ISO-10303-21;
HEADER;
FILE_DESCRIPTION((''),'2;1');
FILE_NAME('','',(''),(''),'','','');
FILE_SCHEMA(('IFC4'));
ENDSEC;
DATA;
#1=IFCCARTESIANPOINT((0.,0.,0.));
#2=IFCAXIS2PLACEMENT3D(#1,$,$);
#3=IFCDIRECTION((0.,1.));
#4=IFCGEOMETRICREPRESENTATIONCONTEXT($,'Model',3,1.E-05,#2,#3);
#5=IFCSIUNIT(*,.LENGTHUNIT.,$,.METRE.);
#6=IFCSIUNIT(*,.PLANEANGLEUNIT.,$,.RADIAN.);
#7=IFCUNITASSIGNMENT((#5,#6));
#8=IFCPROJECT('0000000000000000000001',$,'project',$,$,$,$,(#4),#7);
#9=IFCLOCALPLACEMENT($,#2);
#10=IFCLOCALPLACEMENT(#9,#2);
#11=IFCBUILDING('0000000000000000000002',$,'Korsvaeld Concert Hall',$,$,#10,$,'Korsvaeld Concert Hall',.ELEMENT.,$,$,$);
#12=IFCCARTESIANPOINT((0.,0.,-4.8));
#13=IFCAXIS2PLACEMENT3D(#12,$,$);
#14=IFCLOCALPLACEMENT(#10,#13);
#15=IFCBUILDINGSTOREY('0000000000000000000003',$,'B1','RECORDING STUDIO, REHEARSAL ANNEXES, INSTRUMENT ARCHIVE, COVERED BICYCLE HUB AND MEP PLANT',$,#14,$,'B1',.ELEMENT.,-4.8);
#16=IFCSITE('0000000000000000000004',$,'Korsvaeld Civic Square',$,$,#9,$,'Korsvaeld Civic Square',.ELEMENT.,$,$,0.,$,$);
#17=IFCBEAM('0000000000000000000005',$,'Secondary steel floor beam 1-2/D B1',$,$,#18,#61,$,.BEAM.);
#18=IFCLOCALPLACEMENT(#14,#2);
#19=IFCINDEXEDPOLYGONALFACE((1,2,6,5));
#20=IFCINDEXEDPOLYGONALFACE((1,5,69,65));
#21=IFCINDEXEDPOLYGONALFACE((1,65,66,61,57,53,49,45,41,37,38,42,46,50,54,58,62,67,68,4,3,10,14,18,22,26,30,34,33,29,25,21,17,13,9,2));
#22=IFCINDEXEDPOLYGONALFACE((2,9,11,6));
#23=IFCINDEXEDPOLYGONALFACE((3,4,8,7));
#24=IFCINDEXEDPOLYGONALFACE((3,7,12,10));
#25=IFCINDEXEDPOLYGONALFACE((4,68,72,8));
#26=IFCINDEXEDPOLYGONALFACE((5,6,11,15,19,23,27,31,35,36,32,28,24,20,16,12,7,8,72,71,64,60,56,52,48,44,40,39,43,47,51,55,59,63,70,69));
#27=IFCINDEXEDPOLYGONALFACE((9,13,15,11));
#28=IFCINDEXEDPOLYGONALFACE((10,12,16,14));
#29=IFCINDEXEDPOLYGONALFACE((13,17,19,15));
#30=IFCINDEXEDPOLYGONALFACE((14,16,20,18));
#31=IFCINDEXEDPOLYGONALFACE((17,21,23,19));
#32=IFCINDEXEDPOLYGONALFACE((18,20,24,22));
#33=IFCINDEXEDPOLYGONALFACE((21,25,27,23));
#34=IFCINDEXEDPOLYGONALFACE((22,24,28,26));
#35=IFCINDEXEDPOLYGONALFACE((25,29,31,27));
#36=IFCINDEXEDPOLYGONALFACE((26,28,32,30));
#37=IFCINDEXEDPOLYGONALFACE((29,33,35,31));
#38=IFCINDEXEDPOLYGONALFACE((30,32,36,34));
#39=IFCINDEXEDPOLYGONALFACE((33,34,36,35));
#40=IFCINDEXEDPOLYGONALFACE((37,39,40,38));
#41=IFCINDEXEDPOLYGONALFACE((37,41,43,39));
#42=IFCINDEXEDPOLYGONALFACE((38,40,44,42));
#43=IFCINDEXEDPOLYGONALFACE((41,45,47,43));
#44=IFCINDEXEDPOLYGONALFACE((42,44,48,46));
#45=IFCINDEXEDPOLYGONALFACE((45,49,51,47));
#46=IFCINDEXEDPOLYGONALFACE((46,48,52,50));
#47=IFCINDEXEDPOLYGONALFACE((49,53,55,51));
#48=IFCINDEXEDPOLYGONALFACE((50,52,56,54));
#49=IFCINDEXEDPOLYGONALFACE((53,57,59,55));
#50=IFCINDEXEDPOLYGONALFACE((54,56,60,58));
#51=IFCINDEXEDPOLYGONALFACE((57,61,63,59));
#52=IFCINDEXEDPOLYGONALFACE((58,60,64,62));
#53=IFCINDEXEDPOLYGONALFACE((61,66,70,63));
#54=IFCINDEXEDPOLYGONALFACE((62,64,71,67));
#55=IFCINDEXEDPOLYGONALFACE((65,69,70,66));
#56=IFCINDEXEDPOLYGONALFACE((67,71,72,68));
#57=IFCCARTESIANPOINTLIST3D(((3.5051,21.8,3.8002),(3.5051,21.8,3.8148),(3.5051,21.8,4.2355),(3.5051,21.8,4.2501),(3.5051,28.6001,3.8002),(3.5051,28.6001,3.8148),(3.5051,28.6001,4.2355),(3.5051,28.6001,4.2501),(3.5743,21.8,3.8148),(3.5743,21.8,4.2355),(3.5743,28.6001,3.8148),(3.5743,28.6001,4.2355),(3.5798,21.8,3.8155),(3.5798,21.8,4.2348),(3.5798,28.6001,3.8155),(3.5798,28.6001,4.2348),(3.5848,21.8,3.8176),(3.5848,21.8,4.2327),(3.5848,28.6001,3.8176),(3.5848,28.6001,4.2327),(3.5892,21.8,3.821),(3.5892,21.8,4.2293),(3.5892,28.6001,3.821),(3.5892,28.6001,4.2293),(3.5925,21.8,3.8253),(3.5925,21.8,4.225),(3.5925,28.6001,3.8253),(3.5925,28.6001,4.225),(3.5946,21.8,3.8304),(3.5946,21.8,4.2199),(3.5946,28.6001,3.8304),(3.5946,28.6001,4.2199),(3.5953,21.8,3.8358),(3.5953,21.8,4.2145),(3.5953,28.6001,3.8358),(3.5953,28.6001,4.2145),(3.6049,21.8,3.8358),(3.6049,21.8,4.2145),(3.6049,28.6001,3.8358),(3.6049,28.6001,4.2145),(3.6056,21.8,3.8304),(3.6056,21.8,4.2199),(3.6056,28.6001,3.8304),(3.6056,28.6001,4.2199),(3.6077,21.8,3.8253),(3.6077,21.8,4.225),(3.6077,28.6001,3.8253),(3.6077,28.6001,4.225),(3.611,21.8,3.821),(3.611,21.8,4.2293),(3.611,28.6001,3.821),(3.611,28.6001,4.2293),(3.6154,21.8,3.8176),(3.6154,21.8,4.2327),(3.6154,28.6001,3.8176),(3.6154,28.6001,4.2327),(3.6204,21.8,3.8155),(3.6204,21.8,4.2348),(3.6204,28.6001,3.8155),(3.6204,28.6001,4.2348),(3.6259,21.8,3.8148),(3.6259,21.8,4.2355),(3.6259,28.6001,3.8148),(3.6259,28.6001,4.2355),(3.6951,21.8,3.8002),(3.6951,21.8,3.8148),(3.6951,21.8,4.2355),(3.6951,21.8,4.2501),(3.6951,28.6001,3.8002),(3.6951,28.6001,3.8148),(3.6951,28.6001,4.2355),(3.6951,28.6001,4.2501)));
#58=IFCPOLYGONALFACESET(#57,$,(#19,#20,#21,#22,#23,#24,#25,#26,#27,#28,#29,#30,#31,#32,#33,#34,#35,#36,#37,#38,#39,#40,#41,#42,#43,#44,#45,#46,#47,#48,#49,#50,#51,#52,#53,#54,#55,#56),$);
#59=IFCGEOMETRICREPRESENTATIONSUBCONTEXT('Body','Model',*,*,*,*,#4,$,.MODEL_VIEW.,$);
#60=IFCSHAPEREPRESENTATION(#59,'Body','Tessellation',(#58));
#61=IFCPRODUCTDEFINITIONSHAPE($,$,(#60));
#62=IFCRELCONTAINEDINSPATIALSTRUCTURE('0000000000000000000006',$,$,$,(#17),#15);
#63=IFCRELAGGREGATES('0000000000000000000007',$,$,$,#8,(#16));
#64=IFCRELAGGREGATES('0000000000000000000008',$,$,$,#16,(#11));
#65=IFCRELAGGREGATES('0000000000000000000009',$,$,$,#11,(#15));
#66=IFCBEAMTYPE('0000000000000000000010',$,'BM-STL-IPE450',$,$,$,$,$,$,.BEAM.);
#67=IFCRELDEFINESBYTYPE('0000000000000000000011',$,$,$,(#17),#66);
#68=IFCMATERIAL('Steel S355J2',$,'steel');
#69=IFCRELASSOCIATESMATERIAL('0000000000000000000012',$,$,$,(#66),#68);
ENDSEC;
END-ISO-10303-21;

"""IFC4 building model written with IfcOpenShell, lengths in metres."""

from ifc_helpers import new_model, si_unit, direction, frame, origin, origin_2d, place, context, subcontext, project, spatial, i_section, extrude, material, material_profile, profile_set, type_object, element, save


model = new_model("IFC4")

# Units and contexts
model_context = context("Model", 3, precision=1e-05, world=origin(), true_north=direction((0.0, 1.0)))
body_context = subcontext(model_context, "Body", "Model", "MODEL_VIEW")
ifc_project = project(units=[si_unit("LENGTHUNIT", "METRE"), si_unit("PLANEANGLEUNIT", "RADIAN")], contexts=[model_context])

# Site, building, storey
site_placement = place(None, origin())
site = spatial("IfcSite", under=ifc_project, at=site_placement, Name="Korsvaeld Civic Square", LongName="Korsvaeld Civic Square", CompositionType="ELEMENT", RefElevation=0.0)
building_placement = place(site_placement, origin())
building = spatial("IfcBuilding", under=site, at=building_placement, Name="Korsvaeld Concert Hall", LongName="Korsvaeld Concert Hall", CompositionType="ELEMENT")
storey_placement = place(building_placement, frame((0.0, 0.0, -4.8)))
storey = spatial("IfcBuildingStorey", under=building, at=storey_placement, Name="B1", Description="RECORDING STUDIO, REHEARSAL ANNEXES, INSTRUMENT ARCHIVE, COVERED BICYCLE HUB AND MEP PLANT", LongName="B1", CompositionType="ELEMENT", Elevation=-4.8)

# Beam
ifc_material_1 = material(Name="Steel S355J2", Category="steel")
ifc_material_profile_1 = material_profile(ifc_material_1, i_section(OverallWidth=0.1899, OverallDepth=0.45, WebThickness=0.0095, FlangeThickness=0.0146, FilletRadius=0.021, at=origin_2d()), Name="IPE 450")
ifc_profile_set_1 = profile_set([ifc_material_profile_1], Name="Steel S355J2")
beam_type_1 = type_object("IfcBeamType", Name="BM-STL-IPE450", PredefinedType="BEAM", material=ifc_profile_set_1)
beam_1_placement = place(storey_placement, frame((3.6001, 21.8, 4.0251), z_axis=(0.0, 1.0, 0.0), x_axis=(-1.0, 0.0, 0.0)))
element("IfcBeam", 1, at=beam_1_placement, inside=storey, type_object=beam_type_1, Name="Secondary steel floor beam 1-2/D B1", PredefinedType="BEAM", context=body_context, shape_type="SweptSolid", body=[
    extrude(i_section(OverallWidth=0.1899, OverallDepth=0.45, WebThickness=0.0095, FlangeThickness=0.0146, FilletRadius=0.021, at=origin_2d()), origin(), (0.0, 0.0, 1.0), 6.8),
])

save(model, "model.ifc")
